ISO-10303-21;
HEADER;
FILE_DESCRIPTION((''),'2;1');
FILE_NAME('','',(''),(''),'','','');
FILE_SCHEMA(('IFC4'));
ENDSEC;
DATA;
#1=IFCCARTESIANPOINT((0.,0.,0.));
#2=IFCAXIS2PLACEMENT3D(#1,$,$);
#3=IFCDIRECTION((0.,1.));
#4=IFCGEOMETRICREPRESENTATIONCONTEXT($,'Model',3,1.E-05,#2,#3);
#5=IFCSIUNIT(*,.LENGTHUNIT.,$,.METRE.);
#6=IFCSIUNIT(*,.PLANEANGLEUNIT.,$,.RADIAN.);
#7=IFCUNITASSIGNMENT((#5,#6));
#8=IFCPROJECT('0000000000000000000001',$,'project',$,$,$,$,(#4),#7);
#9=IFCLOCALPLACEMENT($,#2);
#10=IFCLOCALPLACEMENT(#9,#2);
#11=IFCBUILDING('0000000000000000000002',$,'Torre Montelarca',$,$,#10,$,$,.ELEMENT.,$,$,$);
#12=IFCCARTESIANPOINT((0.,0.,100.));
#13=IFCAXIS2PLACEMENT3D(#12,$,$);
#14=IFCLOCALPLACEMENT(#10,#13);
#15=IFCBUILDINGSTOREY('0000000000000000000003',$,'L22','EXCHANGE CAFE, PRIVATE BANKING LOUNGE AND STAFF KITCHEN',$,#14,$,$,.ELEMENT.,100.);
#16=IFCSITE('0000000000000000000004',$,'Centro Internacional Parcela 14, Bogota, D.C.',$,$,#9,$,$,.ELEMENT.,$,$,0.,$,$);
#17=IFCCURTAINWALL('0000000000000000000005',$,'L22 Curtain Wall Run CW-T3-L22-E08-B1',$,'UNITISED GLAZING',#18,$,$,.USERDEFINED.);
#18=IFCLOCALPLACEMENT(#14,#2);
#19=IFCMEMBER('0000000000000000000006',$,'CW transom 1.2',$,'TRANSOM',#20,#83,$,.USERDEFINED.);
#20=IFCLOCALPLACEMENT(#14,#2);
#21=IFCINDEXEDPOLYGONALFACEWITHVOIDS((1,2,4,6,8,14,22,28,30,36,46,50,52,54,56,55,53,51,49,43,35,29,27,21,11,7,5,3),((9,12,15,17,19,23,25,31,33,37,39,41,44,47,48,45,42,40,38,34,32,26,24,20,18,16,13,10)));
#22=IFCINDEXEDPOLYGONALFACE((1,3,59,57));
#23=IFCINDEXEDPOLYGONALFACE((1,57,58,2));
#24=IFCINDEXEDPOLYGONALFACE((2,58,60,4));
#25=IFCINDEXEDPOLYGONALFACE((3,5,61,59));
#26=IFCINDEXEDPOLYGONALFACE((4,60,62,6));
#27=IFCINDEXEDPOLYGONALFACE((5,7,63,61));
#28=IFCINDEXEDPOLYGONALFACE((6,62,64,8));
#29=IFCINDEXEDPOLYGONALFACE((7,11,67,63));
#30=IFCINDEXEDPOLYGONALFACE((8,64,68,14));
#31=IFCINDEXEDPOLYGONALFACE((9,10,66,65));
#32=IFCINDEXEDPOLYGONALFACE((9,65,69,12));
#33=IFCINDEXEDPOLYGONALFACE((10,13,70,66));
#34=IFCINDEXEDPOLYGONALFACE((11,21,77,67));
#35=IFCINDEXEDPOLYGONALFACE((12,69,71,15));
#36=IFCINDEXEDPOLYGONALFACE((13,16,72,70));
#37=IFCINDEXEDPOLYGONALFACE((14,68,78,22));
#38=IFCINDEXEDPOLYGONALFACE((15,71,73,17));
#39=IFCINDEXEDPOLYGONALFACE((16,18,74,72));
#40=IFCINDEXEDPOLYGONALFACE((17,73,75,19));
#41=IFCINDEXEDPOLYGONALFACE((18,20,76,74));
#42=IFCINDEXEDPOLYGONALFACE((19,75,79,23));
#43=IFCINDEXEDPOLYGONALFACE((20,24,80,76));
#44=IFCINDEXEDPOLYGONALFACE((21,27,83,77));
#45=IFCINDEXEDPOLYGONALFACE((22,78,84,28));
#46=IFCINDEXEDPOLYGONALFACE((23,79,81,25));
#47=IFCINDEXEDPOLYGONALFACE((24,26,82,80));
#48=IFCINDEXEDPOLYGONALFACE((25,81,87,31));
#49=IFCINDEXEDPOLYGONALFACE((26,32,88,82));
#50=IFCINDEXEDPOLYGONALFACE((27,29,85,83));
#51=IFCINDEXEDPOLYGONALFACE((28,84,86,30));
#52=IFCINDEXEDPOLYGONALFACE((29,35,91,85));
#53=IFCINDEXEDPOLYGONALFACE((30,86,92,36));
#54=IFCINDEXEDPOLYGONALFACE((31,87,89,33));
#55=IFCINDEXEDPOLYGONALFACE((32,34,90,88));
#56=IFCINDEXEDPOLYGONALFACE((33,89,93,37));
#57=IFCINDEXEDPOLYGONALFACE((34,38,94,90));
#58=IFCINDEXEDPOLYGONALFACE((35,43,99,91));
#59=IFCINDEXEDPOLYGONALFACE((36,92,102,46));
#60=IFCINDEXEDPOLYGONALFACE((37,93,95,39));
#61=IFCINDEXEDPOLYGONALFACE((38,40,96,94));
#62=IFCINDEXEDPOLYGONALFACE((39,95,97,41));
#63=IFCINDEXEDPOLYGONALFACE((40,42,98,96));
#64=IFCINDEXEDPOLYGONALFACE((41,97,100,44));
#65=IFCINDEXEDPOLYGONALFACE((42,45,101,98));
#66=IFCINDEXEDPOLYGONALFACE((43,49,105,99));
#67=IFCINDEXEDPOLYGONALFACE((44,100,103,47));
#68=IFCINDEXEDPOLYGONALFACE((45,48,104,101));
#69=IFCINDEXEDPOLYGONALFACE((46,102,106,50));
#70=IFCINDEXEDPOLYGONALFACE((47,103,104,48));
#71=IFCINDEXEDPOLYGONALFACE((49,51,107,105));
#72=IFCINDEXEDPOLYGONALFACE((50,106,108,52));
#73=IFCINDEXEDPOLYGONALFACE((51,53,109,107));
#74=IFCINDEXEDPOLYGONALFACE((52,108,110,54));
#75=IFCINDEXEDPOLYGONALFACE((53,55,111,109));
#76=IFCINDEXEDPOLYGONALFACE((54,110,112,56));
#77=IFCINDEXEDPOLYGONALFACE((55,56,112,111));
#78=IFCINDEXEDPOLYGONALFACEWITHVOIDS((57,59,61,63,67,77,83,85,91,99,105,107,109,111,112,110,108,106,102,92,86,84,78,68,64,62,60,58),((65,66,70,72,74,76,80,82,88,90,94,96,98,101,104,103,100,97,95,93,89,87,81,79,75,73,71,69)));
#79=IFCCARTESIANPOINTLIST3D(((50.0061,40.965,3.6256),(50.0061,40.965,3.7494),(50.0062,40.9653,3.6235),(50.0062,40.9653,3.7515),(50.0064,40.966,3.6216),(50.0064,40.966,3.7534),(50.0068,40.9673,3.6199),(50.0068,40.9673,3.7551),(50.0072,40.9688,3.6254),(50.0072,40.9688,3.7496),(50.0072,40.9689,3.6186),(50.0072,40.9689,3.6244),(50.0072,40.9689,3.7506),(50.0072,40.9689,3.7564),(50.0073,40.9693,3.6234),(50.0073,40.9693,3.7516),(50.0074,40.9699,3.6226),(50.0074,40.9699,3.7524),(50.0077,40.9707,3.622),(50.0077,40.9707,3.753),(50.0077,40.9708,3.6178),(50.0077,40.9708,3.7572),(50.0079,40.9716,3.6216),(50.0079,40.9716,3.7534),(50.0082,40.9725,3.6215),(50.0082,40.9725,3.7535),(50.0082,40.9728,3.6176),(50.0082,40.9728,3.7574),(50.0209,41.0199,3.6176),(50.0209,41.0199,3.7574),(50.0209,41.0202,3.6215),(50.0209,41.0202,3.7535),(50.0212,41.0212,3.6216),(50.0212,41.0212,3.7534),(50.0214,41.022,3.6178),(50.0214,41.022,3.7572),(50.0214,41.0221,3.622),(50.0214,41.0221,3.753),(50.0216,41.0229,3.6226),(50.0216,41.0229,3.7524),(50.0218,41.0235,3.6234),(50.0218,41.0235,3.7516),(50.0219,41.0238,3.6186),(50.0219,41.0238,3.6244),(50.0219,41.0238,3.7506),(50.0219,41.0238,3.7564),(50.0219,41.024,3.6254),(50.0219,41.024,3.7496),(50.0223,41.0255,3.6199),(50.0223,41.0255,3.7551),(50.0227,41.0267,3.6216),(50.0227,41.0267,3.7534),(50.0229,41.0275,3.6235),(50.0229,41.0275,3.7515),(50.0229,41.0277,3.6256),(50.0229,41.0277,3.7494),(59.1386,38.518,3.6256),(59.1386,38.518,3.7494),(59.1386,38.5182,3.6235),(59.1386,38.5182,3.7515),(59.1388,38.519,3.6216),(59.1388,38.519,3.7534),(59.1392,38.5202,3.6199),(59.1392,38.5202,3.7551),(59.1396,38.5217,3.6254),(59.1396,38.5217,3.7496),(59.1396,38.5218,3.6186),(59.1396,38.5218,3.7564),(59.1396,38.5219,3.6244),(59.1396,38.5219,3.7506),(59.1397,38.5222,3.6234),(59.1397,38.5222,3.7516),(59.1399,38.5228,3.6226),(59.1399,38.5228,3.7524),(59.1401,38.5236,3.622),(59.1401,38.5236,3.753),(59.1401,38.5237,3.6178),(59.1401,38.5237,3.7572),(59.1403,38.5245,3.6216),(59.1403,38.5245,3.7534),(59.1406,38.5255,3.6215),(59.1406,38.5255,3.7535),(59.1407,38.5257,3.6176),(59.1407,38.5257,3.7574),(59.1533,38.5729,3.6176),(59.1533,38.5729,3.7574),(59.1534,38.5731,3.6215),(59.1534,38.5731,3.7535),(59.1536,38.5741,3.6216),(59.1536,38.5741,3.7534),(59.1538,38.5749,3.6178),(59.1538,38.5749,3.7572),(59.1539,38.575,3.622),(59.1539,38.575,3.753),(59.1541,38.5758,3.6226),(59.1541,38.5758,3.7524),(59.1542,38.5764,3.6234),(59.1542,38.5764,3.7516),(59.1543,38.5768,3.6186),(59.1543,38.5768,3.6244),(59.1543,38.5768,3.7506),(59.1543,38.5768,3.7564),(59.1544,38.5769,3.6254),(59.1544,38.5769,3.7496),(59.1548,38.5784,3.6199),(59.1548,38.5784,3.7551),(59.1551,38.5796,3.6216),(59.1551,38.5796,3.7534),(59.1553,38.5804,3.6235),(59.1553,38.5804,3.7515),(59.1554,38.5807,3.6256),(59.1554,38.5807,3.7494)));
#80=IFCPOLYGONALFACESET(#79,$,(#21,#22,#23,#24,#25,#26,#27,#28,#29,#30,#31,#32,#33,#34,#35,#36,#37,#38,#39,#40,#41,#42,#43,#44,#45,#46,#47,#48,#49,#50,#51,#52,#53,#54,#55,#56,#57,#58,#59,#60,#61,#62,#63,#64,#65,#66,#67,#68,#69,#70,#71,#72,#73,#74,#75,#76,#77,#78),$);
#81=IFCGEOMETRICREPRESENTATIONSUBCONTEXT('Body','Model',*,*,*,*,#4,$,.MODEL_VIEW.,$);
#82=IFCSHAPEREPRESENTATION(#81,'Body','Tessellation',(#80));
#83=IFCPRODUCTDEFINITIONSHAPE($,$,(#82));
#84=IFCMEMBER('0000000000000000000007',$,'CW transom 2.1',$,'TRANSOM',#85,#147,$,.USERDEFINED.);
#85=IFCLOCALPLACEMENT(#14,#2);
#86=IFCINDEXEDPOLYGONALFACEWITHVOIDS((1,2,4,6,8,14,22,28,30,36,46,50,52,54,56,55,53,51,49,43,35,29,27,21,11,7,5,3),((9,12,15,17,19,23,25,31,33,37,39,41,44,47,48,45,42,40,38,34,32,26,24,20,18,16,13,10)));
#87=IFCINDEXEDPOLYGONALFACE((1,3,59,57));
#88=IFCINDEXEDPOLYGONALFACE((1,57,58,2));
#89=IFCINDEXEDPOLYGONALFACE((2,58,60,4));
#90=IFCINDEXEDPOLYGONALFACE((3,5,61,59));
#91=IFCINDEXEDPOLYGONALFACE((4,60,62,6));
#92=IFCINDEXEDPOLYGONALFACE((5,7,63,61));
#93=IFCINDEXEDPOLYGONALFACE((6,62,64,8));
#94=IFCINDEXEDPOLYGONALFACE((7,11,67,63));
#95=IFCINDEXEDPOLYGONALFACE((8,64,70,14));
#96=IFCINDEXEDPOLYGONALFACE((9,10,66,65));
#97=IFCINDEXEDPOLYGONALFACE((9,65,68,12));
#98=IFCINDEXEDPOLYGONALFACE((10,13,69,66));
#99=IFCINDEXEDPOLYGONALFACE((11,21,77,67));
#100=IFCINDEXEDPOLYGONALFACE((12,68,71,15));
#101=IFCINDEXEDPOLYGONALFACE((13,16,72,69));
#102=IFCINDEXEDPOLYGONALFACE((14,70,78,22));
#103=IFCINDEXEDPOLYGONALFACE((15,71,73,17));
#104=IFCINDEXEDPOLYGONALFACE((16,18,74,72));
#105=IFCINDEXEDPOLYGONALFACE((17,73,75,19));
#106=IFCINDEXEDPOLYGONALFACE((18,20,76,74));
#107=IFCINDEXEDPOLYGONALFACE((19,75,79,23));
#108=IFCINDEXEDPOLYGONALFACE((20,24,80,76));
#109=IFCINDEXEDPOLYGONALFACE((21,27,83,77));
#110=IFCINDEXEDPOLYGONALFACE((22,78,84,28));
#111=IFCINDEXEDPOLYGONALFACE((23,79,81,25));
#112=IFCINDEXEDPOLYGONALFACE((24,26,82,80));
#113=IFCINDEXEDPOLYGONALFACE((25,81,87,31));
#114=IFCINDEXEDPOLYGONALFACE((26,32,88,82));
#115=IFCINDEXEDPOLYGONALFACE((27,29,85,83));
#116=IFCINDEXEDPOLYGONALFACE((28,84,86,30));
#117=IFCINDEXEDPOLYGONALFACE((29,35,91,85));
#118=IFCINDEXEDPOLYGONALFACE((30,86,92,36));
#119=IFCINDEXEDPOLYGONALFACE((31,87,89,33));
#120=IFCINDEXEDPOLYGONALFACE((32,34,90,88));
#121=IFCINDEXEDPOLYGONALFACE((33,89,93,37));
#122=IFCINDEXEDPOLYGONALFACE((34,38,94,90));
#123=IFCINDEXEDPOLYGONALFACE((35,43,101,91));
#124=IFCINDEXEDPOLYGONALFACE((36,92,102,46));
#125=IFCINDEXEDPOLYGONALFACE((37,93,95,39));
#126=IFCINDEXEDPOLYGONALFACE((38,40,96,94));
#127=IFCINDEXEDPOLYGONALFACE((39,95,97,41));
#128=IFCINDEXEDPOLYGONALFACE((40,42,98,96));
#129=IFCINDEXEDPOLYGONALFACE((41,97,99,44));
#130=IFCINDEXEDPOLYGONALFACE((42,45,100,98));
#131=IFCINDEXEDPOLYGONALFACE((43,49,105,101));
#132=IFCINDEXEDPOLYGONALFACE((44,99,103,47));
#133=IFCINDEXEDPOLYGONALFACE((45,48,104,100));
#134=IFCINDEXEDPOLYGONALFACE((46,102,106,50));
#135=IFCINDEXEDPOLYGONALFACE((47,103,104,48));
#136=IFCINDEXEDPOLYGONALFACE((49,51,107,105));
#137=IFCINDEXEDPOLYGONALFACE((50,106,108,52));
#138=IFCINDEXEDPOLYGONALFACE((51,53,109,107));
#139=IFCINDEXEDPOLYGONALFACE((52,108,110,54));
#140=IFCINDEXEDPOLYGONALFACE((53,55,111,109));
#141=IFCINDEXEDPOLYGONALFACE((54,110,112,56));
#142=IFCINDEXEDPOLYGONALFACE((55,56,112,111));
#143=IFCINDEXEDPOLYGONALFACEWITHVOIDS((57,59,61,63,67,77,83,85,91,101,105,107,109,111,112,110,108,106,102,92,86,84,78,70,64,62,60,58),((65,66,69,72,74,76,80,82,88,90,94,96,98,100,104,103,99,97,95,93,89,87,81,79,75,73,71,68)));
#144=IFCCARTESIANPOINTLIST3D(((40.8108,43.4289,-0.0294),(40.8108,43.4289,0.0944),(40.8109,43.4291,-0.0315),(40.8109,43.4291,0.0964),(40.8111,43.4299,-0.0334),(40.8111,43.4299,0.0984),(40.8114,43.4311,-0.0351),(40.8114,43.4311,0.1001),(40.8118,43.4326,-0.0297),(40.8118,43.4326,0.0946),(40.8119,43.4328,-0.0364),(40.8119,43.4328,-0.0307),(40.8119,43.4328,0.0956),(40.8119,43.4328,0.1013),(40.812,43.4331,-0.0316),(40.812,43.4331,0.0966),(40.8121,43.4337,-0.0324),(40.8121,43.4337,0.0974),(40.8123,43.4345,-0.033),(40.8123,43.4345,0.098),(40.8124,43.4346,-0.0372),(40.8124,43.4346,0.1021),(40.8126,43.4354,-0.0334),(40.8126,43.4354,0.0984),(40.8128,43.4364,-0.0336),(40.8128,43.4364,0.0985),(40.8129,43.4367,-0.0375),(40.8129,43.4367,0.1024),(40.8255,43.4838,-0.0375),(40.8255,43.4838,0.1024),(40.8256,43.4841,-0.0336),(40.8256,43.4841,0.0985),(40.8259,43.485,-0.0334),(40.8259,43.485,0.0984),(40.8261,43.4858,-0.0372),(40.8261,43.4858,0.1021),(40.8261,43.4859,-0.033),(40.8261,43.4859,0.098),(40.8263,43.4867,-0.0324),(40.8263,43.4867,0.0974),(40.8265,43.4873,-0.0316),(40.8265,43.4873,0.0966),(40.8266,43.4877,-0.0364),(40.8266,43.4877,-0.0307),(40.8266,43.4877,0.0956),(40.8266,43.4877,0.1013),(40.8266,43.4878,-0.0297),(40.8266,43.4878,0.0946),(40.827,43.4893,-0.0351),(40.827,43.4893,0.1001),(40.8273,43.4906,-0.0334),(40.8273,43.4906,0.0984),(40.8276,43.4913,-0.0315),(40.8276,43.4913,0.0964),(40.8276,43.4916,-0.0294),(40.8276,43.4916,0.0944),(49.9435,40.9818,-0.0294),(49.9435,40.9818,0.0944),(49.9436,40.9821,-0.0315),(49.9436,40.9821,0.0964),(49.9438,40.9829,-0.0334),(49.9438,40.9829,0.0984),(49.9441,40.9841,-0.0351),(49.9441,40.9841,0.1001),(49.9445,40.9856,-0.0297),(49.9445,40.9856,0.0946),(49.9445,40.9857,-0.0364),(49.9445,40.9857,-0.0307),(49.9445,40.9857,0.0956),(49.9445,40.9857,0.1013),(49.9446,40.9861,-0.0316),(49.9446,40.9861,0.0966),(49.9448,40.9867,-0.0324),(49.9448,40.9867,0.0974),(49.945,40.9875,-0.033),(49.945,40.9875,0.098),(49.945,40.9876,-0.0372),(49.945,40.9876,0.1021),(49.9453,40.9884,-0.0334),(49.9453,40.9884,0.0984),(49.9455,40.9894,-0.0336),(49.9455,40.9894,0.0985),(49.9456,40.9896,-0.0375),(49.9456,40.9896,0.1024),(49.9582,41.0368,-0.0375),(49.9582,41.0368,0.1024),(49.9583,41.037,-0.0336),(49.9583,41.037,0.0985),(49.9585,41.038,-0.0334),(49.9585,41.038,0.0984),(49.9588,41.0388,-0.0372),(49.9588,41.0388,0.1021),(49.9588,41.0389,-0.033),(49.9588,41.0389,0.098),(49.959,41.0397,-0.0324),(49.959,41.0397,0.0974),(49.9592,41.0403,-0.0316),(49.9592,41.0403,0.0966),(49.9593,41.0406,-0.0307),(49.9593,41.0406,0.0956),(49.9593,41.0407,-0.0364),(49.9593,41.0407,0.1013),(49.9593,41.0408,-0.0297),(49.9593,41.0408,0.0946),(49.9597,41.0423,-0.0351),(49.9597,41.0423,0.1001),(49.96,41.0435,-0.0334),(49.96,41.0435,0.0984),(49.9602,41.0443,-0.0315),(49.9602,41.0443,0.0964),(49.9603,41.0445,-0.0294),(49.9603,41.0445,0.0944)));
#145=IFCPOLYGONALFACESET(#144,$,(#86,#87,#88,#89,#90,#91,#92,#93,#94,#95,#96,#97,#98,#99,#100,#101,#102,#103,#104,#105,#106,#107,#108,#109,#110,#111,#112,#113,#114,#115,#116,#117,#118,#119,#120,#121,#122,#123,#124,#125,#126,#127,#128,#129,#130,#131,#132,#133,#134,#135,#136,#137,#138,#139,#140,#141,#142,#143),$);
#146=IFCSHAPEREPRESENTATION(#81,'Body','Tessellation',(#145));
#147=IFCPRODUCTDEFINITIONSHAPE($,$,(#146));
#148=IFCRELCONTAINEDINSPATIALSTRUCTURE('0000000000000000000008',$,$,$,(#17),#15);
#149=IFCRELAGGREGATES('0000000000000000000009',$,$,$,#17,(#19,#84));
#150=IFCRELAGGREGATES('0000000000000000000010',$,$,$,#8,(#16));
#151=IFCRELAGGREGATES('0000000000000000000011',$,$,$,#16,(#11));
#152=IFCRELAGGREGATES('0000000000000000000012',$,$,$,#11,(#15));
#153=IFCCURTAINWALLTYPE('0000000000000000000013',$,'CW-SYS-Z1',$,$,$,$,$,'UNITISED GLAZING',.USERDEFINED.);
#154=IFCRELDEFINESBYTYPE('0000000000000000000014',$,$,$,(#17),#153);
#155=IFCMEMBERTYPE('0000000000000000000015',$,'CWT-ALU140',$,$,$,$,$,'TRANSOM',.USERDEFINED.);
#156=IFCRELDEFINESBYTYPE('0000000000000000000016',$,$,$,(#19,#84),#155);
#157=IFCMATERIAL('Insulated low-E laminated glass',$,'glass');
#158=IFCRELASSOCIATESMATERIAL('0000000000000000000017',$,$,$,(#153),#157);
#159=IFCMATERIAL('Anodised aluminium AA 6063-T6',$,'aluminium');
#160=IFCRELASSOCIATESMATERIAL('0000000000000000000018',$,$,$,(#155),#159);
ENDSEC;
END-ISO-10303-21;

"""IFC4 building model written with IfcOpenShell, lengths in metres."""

from ifc_helpers import new_model, si_unit, direction, frame, origin, origin_2d, place, context, subcontext, project, spatial, hollow_rectangle, extrude, source, transform, mapped, material, material_profile, profile_set, type_object, element, aggregate, save


model = new_model("IFC4")

# Units and contexts
model_context = context("Model", 3, precision=1e-05, world=origin(), true_north=direction((0.0, 1.0)))
body_context = subcontext(model_context, "Body", "Model", "MODEL_VIEW")
ifc_project = project(units=[si_unit("LENGTHUNIT", "METRE"), si_unit("PLANEANGLEUNIT", "RADIAN")], contexts=[model_context])

# Site, building, storey
site_placement = place(None, origin())
site = spatial("IfcSite", under=ifc_project, at=site_placement, Name="Centro Internacional Parcela 14, Bogota, D.C.", CompositionType="ELEMENT", RefElevation=0.0)
building_placement = place(site_placement, origin())
building = spatial("IfcBuilding", under=site, at=building_placement, Name="Torre Montelarca", CompositionType="ELEMENT")
storey_placement = place(building_placement, frame((0.0, 0.0, 100.0)))
storey = spatial("IfcBuildingStorey", under=building, at=storey_placement, Name="L22", Description="EXCHANGE CAFE, PRIVATE BANKING LOUNGE AND STAFF KITCHEN", CompositionType="ELEMENT", Elevation=100.0)

# Shared definitions
ifc_material_1 = material(Name="Insulated low-E laminated glass", Category="glass")
curtain_wall_type = type_object("IfcCurtainWallType", Name="CW-SYS-Z1", ElementType="UNITISED GLAZING", PredefinedType="USERDEFINED", material=ifc_material_1)
ifc_material_2 = material(Name="Anodised aluminium AA 6063-T6", Category="aluminium")
ifc_material_profile_1 = material_profile(ifc_material_2, hollow_rectangle(XDim=0.0649, YDim=0.1399, WallThickness=0.0039, InnerFilletRadius=0.0039, OuterFilletRadius=0.0081, at=origin_2d()), Name="ALU65X140X4", Category="aluminium")
ifc_profile_set_1 = profile_set([ifc_material_profile_1], Name="Anodised aluminium AA 6063-T6")
member_type_1 = type_object("IfcMemberType", Name="CWT-ALU140", ElementType="TRANSOM", PredefinedType="USERDEFINED", material=ifc_profile_set_1)

# Curtain wall, members
curtain_wall_1_placement = place(storey_placement, origin())
curtain_wall_1 = element("IfcCurtainWall", 1, at=curtain_wall_1_placement, inside=storey, type_object=curtain_wall_type, Name="L22 Curtain Wall Run CW-T3-L22-E08-B1", ObjectType="UNITISED GLAZING", PredefinedType="USERDEFINED")
shared_shape_1 = source(origin(), body_context, "Body", "SweptSolid", [
    extrude(hollow_rectangle(XDim=0.0649, YDim=0.1399, WallThickness=0.0039, InnerFilletRadius=0.0039, OuterFilletRadius=0.0081, at=origin_2d()), origin(), (0.0, 0.0, 1.0), 9.4546),
])
member_1_placement = place(storey_placement, frame((59.147, 38.5493, 3.6875), z_axis=(-0.965925, 0.258821, 0.0), x_axis=(-0.258821, -0.965925, 0.0)))
member_1 = element("IfcMember", 2, at=member_1_placement, type_object=member_type_1, Name="CW transom 1.2", ObjectType="TRANSOM", PredefinedType="USERDEFINED", context=body_context, shape_type="MappedRepresentation", body=[
    mapped(shared_shape_1, transform((0.0, 0.0, 0.0), scale=1.0)),
])
shared_shape_2 = source(origin(), body_context, "Body", "SweptSolid", [
    extrude(hollow_rectangle(XDim=0.0649, YDim=0.1399, WallThickness=0.0039, InnerFilletRadius=0.0039, OuterFilletRadius=0.0081, at=origin_2d()), origin(), (0.0, 0.0, 1.0), 9.4548),
])
member_2_placement = place(storey_placement, frame((49.9519, 41.0132, 0.0325), z_axis=(-0.965927, 0.258815, 0.0), x_axis=(-0.258815, -0.965927, 0.0)))
member_2 = element("IfcMember", 3, at=member_2_placement, type_object=member_type_1, Name="CW transom 2.1", ObjectType="TRANSOM", PredefinedType="USERDEFINED", context=body_context, shape_type="MappedRepresentation", body=[
    mapped(shared_shape_2, transform((0.0, 0.0, 0.0), scale=1.0)),
])

aggregate(curtain_wall_1, [member_1, member_2])

save(model, "model.ifc")
